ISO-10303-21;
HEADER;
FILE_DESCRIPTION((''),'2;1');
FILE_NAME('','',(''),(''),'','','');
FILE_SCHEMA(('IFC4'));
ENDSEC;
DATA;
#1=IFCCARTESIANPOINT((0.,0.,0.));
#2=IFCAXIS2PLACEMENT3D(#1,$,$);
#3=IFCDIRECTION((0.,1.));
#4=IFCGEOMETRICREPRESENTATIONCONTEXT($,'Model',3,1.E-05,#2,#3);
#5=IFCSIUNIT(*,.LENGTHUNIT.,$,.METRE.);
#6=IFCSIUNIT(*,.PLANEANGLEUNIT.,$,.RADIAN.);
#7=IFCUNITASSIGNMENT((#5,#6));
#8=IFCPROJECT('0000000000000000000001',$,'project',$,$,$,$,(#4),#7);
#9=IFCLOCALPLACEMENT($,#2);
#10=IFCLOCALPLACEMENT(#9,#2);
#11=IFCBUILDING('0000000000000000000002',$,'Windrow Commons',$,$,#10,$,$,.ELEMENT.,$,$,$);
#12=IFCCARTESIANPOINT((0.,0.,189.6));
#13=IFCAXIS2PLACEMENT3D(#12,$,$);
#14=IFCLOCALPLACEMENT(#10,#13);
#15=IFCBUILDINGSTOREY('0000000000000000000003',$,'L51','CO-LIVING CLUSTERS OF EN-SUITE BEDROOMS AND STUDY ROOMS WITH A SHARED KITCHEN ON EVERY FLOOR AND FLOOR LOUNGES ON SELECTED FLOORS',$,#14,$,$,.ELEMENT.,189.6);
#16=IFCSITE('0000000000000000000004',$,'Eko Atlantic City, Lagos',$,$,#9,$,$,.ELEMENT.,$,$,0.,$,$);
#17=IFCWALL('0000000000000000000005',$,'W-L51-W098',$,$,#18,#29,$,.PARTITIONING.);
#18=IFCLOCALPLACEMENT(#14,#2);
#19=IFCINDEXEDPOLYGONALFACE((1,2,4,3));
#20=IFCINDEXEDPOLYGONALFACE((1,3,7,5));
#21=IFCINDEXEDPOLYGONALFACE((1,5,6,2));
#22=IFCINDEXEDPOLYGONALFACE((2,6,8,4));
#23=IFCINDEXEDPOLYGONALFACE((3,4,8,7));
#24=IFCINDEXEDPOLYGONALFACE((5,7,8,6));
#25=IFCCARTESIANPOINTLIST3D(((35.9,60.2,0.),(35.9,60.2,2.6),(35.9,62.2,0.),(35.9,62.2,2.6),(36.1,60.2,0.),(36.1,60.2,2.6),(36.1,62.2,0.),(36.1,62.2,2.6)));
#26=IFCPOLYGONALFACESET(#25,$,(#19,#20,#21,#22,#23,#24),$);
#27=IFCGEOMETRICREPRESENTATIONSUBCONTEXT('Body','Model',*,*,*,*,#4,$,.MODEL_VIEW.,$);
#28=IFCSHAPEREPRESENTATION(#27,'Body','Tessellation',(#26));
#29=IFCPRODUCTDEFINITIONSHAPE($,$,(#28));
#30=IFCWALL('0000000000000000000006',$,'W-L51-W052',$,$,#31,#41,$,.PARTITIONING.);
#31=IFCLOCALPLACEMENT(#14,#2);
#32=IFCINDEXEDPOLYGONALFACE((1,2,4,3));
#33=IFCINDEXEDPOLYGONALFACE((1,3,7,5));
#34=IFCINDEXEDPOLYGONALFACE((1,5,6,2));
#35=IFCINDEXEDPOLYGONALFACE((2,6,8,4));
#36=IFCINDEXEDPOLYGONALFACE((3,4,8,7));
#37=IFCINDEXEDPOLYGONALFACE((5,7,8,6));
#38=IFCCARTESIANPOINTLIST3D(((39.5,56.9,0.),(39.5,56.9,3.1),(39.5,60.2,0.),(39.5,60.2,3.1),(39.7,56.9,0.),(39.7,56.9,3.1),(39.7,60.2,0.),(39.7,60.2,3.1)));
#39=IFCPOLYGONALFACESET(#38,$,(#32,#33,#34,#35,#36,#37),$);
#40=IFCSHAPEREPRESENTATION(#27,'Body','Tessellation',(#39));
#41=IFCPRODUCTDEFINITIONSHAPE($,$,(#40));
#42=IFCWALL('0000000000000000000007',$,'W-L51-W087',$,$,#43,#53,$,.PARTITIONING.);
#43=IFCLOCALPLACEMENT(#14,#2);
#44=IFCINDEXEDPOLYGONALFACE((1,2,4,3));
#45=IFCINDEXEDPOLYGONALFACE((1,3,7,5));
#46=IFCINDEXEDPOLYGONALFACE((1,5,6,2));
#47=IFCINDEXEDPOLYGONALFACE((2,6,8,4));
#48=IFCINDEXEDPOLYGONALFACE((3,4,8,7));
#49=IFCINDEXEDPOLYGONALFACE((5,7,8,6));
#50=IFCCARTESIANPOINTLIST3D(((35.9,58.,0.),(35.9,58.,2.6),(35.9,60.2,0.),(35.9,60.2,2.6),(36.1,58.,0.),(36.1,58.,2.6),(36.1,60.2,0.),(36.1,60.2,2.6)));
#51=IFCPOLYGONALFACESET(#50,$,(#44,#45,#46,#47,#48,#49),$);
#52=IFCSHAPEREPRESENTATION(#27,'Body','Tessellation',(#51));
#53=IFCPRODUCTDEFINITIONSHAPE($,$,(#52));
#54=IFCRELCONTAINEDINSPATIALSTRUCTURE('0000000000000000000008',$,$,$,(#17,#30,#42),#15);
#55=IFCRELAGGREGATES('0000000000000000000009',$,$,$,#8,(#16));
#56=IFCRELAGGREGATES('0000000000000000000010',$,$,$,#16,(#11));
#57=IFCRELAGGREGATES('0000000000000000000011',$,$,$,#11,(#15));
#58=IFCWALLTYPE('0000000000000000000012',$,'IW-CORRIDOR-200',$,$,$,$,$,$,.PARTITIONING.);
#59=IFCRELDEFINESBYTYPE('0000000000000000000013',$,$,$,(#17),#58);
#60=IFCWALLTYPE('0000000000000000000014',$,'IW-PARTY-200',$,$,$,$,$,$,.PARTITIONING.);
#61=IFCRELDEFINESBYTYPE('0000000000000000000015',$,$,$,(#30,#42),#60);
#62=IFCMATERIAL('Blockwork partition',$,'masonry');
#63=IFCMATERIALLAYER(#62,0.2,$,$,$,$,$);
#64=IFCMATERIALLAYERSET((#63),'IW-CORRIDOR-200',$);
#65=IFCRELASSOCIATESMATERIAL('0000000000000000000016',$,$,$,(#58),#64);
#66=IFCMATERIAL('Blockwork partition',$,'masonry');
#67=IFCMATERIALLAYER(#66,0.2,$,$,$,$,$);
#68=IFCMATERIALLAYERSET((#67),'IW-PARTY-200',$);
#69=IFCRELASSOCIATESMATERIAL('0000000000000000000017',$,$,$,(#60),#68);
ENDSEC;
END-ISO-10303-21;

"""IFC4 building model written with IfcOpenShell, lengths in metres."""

from ifc_helpers import new_model, si_unit, direction, frame, frame_2d, origin, place, context, subcontext, project, spatial, rectangle, extrude, material, layer, layer_set, type_object, element, save


model = new_model("IFC4")

# Units and contexts
model_context = context("Model", 3, precision=1e-05, world=origin(), true_north=direction((0.0, 1.0)))
body_context = subcontext(model_context, "Body", "Model", "MODEL_VIEW")
ifc_project = project(units=[si_unit("LENGTHUNIT", "METRE"), si_unit("PLANEANGLEUNIT", "RADIAN")], contexts=[model_context])

# Site, building, storey
site_placement = place(None, origin())
site = spatial("IfcSite", under=ifc_project, at=site_placement, Name="Eko Atlantic City, Lagos", CompositionType="ELEMENT", RefElevation=0.0)
building_placement = place(site_placement, origin())
building = spatial("IfcBuilding", under=site, at=building_placement, Name="Windrow Commons", CompositionType="ELEMENT")
storey_placement = place(building_placement, frame((0.0, 0.0, 189.6)))
storey = spatial("IfcBuildingStorey", under=building, at=storey_placement, Name="L51", Description="CO-LIVING CLUSTERS OF EN-SUITE BEDROOMS AND STUDY ROOMS WITH A SHARED KITCHEN ON EVERY FLOOR AND FLOOR LOUNGES ON SELECTED FLOORS", CompositionType="ELEMENT", Elevation=189.6)

# Shared definitions
ifc_material_1 = material(Name="Blockwork partition", Category="masonry")
ifc_layer_1 = layer(ifc_material_1, 0.2)
ifc_layer_set_1 = layer_set([ifc_layer_1], Name="IW-CORRIDOR-200")
wall_type_1 = type_object("IfcWallType", Name="IW-CORRIDOR-200", PredefinedType="PARTITIONING", material=ifc_layer_set_1)

# Walls
wall_1_placement = place(storey_placement, frame((36.0, 60.2, 0.0), z_axis=(0.0, 0.0, 1.0), x_axis=(0.0, 1.0, 0.0)))
element("IfcWall", 1, at=wall_1_placement, inside=storey, type_object=wall_type_1, Name="W-L51-W098", PredefinedType="PARTITIONING", context=body_context, shape_type="SweptSolid", body=[
    extrude(rectangle(XDim=2.0, YDim=0.2, at=frame_2d((1.0, 0.0))), origin(), (0.0, 0.0, 1.0), 2.6),
])
ifc_material_2 = material(Name="Blockwork partition", Category="masonry")
ifc_layer_2 = layer(ifc_material_2, 0.2)
ifc_layer_set_2 = layer_set([ifc_layer_2], Name="IW-PARTY-200")
wall_type_2 = type_object("IfcWallType", Name="IW-PARTY-200", PredefinedType="PARTITIONING", material=ifc_layer_set_2)
wall_2_placement = place(storey_placement, frame((39.6, 56.9, 0.0), z_axis=(0.0, 0.0, 1.0), x_axis=(0.0, 1.0, 0.0)))
element("IfcWall", 2, at=wall_2_placement, inside=storey, type_object=wall_type_2, Name="W-L51-W052", PredefinedType="PARTITIONING", context=body_context, shape_type="SweptSolid", body=[
    extrude(rectangle(XDim=3.3, YDim=0.2, at=frame_2d((1.65, 0.0))), origin(), (0.0, 0.0, 1.0), 3.1),
])
wall_3_placement = place(storey_placement, frame((36.0, 58.0, 0.0), z_axis=(0.0, 0.0, 1.0), x_axis=(0.0, 1.0, 0.0)))
element("IfcWall", 3, at=wall_3_placement, inside=storey, type_object=wall_type_2, Name="W-L51-W087", PredefinedType="PARTITIONING", context=body_context, shape_type="SweptSolid", body=[
    extrude(rectangle(XDim=2.2, YDim=0.2, at=frame_2d((1.1, 0.0))), origin(), (0.0, 0.0, 1.0), 2.6),
])

save(model, "model.ifc")
